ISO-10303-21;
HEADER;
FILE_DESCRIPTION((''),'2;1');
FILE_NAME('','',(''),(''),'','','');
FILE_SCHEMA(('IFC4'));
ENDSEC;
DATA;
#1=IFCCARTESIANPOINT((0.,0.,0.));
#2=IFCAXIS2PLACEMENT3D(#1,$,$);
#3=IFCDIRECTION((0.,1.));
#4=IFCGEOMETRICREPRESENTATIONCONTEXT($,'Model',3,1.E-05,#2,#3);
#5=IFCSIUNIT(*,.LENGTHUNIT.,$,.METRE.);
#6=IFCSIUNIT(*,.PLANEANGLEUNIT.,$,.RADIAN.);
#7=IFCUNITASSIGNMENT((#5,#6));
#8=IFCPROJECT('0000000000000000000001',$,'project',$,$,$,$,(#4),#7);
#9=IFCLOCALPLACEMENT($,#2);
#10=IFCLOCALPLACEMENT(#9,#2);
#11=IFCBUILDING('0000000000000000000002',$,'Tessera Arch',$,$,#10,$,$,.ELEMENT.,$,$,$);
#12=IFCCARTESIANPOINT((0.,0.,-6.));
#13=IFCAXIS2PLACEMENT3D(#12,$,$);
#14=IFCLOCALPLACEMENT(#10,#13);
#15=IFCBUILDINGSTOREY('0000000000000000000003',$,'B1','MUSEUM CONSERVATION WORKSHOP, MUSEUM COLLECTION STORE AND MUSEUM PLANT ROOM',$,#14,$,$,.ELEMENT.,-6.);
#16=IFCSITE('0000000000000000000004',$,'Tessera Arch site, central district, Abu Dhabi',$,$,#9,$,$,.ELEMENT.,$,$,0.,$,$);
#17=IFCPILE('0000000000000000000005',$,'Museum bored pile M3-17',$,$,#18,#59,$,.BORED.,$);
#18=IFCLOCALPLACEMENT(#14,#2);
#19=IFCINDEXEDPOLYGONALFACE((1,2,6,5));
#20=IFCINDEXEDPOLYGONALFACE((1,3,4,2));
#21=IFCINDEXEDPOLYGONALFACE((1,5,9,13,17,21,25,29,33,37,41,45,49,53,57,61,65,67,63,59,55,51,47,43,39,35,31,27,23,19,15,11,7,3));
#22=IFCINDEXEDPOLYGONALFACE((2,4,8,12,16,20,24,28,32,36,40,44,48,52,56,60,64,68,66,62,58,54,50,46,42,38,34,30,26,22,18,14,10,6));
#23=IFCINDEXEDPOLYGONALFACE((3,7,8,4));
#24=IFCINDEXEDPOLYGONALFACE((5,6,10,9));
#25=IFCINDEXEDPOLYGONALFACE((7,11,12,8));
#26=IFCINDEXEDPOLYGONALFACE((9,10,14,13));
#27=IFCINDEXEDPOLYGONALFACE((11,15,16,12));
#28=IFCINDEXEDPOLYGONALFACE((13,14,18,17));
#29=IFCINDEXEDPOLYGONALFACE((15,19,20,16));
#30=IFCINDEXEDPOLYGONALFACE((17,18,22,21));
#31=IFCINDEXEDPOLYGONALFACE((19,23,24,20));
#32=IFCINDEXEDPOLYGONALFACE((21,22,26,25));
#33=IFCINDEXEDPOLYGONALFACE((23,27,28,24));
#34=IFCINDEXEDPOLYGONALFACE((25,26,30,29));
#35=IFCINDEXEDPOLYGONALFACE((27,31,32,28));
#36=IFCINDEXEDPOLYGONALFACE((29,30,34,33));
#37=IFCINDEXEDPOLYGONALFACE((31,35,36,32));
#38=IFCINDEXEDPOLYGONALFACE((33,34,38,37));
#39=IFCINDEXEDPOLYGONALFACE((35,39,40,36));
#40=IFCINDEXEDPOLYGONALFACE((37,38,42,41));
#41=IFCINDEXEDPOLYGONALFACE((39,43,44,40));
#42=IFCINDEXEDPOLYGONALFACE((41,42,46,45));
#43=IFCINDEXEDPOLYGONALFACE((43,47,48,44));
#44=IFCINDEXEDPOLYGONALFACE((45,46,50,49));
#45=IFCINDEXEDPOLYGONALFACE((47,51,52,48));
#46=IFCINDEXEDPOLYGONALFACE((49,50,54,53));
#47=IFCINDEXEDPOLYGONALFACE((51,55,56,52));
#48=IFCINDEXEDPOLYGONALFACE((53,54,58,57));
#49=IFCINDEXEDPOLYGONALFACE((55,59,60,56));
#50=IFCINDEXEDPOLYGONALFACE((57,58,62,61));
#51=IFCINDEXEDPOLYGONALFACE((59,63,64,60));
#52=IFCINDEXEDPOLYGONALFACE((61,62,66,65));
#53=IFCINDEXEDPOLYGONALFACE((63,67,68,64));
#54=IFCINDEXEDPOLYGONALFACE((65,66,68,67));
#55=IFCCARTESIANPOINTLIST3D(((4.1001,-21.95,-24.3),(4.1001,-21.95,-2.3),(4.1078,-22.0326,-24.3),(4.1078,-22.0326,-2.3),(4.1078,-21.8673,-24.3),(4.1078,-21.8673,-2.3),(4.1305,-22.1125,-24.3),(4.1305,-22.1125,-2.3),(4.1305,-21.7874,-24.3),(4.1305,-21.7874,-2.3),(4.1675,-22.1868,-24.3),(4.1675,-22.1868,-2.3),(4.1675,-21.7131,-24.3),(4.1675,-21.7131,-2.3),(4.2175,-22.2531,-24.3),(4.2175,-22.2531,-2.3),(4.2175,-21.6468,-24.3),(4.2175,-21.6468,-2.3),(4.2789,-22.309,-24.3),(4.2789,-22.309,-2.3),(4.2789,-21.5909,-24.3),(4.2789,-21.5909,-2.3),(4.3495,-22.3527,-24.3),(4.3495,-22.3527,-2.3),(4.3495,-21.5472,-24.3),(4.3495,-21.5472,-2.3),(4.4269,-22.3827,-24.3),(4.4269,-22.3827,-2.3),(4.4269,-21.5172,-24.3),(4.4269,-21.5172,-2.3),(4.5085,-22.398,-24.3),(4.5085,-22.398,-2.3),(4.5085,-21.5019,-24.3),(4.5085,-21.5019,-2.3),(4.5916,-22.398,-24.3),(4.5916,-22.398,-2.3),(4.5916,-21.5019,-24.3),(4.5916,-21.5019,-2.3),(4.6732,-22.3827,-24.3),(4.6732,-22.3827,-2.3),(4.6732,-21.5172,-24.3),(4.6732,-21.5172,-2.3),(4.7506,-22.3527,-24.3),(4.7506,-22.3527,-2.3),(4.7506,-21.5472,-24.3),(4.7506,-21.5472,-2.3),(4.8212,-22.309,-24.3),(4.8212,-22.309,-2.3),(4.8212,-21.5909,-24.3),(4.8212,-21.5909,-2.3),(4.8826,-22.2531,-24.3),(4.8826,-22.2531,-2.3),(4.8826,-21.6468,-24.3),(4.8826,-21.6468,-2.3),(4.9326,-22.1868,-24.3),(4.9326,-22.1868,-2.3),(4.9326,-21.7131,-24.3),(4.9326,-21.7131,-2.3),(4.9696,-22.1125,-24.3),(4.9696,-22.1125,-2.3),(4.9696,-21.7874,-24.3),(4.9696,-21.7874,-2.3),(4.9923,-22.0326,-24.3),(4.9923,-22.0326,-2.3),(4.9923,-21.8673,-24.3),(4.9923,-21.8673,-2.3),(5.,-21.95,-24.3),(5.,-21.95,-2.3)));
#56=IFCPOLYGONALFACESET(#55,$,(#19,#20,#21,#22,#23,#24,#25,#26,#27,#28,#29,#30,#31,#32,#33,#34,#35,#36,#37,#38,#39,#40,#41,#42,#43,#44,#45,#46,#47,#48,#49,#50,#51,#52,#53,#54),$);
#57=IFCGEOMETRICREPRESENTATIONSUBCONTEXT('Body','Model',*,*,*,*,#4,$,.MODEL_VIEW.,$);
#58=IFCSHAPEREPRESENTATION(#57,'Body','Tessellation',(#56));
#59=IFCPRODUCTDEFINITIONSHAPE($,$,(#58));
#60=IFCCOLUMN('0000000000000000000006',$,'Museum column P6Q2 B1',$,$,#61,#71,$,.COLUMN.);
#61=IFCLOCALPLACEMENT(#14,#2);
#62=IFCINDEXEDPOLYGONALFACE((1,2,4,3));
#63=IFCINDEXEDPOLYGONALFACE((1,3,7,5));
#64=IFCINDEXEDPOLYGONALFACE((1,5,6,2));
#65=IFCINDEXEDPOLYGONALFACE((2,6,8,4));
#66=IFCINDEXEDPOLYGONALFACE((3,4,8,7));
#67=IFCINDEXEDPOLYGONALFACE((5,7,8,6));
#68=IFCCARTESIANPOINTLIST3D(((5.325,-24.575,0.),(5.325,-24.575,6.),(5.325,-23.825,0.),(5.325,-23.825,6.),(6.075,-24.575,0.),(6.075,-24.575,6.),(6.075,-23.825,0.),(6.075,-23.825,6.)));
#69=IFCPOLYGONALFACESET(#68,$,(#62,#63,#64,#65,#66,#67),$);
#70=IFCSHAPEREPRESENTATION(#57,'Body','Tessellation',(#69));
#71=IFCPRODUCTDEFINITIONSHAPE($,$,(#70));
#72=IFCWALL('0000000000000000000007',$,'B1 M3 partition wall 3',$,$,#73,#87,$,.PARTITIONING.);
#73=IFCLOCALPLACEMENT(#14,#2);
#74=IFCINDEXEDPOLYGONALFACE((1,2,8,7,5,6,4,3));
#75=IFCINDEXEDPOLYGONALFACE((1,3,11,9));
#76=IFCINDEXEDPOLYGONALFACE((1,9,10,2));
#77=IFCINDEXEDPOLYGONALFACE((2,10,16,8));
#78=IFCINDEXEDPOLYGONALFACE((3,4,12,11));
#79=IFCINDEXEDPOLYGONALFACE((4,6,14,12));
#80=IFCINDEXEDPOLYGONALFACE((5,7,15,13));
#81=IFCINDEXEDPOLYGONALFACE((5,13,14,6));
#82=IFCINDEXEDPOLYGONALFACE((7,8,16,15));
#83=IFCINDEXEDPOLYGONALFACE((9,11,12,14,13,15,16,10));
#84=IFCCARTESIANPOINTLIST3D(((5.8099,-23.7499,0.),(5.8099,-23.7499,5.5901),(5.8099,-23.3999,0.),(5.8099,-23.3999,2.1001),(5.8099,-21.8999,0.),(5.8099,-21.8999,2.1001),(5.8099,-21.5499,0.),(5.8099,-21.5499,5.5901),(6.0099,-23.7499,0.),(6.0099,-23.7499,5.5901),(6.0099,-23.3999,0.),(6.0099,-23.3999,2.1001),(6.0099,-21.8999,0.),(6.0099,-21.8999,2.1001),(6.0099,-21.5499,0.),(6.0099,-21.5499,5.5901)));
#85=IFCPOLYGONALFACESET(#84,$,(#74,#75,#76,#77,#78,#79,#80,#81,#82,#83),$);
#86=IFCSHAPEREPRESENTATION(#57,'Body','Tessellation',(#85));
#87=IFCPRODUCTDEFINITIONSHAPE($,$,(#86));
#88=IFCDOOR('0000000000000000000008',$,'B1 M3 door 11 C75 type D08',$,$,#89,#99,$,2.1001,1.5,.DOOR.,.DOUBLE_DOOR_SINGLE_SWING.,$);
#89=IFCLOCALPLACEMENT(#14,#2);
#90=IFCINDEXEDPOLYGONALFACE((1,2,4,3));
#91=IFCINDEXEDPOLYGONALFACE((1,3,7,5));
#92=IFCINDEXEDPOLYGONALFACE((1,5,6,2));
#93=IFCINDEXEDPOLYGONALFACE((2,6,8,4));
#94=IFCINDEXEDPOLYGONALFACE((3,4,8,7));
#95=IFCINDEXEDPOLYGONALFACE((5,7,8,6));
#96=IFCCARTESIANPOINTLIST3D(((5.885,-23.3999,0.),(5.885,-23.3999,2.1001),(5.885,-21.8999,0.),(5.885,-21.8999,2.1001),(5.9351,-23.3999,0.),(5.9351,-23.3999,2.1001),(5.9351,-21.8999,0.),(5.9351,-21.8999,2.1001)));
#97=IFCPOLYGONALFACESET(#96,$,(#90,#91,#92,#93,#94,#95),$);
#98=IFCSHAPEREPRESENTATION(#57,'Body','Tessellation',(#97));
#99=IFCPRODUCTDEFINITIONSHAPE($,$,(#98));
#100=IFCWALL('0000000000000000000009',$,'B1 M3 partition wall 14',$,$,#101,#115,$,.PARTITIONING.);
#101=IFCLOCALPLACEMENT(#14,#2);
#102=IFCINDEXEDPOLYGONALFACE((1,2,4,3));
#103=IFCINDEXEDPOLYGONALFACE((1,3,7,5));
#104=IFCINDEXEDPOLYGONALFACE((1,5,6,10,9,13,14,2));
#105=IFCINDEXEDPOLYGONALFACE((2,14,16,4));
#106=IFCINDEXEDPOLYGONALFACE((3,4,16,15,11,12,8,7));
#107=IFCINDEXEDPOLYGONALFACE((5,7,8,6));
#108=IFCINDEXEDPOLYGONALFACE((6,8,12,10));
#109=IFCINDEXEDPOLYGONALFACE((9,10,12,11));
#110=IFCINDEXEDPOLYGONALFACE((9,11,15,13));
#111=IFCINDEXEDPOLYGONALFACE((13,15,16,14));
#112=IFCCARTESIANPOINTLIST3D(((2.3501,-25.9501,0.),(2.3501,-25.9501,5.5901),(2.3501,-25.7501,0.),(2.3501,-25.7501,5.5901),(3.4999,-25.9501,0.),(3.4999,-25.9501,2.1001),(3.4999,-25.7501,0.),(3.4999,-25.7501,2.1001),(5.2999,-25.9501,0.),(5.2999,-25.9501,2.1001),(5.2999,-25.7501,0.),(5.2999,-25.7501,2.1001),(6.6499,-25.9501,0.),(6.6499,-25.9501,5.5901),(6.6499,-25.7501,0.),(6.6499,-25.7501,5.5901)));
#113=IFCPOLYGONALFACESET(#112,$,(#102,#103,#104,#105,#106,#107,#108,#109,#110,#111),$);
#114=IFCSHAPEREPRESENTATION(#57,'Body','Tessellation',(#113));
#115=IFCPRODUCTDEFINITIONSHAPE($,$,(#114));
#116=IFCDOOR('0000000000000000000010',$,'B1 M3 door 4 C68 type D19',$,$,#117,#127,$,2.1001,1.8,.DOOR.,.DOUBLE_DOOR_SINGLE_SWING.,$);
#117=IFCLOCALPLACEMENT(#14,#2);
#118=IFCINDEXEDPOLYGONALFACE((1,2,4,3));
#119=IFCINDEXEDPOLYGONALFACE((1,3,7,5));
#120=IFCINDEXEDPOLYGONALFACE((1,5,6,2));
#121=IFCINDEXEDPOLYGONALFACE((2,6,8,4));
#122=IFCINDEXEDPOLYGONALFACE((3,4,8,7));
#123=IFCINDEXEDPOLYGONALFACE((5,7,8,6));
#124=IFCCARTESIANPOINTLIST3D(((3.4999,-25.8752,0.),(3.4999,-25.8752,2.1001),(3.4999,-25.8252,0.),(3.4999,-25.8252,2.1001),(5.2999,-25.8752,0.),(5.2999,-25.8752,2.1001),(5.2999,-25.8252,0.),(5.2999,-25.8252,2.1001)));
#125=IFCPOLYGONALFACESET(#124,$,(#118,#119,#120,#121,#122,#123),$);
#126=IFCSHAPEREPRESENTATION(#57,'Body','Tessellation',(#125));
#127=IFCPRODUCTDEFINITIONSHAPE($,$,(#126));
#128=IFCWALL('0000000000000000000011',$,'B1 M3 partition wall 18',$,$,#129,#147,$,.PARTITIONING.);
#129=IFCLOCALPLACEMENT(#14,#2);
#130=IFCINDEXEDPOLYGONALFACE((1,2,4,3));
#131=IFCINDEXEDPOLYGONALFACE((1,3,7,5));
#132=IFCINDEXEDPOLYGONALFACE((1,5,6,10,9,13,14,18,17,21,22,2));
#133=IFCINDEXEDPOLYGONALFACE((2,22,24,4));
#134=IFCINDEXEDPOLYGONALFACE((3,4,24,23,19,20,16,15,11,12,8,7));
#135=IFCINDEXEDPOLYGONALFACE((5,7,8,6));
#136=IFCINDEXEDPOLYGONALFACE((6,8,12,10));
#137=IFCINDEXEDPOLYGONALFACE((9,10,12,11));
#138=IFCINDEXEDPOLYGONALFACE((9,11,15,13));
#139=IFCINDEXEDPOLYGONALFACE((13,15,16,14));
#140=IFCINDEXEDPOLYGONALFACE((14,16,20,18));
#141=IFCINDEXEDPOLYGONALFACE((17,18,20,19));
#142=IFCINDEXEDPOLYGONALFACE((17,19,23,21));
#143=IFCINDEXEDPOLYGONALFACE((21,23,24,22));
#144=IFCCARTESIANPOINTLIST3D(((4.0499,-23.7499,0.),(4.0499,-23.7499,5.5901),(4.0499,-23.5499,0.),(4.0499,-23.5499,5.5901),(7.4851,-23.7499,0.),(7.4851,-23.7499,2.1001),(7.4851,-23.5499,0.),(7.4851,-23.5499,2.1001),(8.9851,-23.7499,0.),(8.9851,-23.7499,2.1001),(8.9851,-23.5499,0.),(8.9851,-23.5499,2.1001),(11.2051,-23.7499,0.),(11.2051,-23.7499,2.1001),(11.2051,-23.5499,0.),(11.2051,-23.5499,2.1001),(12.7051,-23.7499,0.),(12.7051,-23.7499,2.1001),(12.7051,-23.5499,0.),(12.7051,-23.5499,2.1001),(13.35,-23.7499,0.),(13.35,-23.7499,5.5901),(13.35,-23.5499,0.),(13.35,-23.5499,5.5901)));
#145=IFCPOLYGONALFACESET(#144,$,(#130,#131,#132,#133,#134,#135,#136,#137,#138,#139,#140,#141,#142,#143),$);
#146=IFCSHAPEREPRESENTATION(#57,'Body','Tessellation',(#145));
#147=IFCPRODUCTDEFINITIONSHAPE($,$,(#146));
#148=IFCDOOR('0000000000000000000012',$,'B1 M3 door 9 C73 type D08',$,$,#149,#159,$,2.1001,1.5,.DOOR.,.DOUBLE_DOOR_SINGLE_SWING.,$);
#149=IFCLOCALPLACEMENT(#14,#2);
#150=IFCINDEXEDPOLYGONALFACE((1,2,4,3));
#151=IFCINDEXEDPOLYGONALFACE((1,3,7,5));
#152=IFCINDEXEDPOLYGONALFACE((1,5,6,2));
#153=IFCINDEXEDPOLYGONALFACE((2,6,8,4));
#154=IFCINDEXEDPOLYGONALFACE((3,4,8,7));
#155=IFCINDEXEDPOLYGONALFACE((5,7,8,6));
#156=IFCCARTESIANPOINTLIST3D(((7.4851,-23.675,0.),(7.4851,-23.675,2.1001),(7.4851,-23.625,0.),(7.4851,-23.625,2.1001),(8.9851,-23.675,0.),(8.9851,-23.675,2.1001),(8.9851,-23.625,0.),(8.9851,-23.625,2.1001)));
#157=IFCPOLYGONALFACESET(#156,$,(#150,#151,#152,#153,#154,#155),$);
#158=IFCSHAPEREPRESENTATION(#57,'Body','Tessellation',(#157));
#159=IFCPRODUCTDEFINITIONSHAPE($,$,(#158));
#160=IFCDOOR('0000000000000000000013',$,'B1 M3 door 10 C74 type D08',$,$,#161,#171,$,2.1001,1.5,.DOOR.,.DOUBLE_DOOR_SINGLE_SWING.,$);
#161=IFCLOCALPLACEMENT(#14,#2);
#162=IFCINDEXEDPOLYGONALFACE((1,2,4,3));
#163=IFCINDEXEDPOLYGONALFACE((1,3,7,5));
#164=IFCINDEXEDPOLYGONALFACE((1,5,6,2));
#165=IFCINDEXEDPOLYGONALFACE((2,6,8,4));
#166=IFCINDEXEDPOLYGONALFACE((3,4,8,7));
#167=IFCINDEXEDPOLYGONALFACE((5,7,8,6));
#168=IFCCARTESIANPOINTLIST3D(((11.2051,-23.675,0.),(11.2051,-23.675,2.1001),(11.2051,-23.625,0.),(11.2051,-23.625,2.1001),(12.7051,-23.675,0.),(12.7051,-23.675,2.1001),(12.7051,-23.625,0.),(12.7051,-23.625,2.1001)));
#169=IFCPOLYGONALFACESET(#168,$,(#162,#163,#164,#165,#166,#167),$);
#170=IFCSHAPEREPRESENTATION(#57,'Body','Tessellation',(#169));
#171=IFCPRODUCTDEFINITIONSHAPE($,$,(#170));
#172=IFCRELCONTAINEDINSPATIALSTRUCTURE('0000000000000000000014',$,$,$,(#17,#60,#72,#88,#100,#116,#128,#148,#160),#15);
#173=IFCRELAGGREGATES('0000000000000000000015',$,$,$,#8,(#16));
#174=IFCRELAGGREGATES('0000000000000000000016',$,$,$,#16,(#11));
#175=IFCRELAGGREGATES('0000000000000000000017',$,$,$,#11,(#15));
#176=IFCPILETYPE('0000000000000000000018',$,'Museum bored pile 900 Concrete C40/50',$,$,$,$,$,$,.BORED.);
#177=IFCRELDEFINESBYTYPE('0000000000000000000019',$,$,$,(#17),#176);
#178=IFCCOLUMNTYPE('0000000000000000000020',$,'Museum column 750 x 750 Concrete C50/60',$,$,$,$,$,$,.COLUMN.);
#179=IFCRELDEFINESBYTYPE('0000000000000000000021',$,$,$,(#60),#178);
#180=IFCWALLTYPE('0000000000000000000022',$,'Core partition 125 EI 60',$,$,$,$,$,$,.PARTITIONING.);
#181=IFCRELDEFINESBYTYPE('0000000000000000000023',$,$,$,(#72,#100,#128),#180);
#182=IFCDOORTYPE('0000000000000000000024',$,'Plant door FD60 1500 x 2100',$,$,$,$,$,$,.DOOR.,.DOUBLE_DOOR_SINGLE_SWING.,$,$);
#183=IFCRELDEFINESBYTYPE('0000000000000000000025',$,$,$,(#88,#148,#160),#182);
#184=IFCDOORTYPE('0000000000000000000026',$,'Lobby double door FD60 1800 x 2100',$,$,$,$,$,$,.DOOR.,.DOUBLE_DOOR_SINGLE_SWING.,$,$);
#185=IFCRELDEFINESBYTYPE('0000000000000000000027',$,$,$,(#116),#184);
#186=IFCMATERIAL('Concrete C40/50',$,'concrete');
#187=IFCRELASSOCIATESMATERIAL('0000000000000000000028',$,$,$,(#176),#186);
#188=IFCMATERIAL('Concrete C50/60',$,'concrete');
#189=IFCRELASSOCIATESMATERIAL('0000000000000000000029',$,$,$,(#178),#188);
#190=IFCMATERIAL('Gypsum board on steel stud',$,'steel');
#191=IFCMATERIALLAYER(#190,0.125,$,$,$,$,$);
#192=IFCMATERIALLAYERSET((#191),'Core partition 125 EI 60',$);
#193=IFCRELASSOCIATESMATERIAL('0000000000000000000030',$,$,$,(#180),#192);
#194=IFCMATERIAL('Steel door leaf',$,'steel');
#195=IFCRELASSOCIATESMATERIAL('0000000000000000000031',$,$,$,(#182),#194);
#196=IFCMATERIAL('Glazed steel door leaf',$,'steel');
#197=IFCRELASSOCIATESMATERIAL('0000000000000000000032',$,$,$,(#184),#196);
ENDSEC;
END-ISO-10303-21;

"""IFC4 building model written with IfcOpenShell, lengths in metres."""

from ifc_helpers import new_model, si_unit, direction, frame, frame_2d, origin, origin_2d, place, context, subcontext, project, spatial, rectangle, circle, extrude, material, layer, layer_set, material_profile, profile_set, type_object, element, fill, save


model = new_model("IFC4")

# Units and contexts
model_context = context("Model", 3, precision=1e-05, world=origin(), true_north=direction((0.0, 1.0)))
body_context = subcontext(model_context, "Body", "Model", "MODEL_VIEW")
ifc_project = project(units=[si_unit("LENGTHUNIT", "METRE"), si_unit("PLANEANGLEUNIT", "RADIAN")], contexts=[model_context])

# Site, building, storey
site_placement = place(None, origin())
site = spatial("IfcSite", under=ifc_project, at=site_placement, Name="Tessera Arch site, central district, Abu Dhabi", CompositionType="ELEMENT", RefElevation=0.0)
building_placement = place(site_placement, origin())
building = spatial("IfcBuilding", under=site, at=building_placement, Name="Tessera Arch", CompositionType="ELEMENT")
storey_placement = place(building_placement, frame((0.0, 0.0, -6.0)))
storey = spatial("IfcBuildingStorey", under=building, at=storey_placement, Name="B1", Description="MUSEUM CONSERVATION WORKSHOP, MUSEUM COLLECTION STORE AND MUSEUM PLANT ROOM", CompositionType="ELEMENT", Elevation=-6.0)

# Pile
ifc_material_1 = material(Name="Concrete C40/50", Category="concrete")
pile_type = type_object("IfcPileType", Name="Museum bored pile 900 Concrete C40/50", PredefinedType="BORED", material=ifc_material_1)
for number, where, z_axis, x_axis, name in (
    (1, (4.55, -21.95, -2.3), (0.0, 0.0, -1.0), (1.0, 0.0, 0.0), "Museum bored pile M3-17"),
):
    element("IfcPile", number, at=place(storey_placement, frame(where, z_axis=z_axis, x_axis=x_axis)), inside=storey, type_object=pile_type, Name=name, PredefinedType="BORED", context=body_context, shape_type="SweptSolid", body=[
        extrude(circle(Radius=0.45, at=origin_2d()), origin(), (0.0, 0.0, 1.0), 22.0),
    ])

# Column
ifc_material_2 = material(Name="Concrete C50/60", Category="concrete")
ifc_material_profile = material_profile(ifc_material_2, rectangle(XDim=0.75, YDim=0.75, at=origin_2d()), Name="Museum column 750 x 750 Concrete C50/60")
ifc_profile_set = profile_set([ifc_material_profile], Name="Concrete C50/60")
column_type = type_object("IfcColumnType", Name="Museum column 750 x 750 Concrete C50/60", PredefinedType="COLUMN", material=ifc_profile_set)
column_placement = place(storey_placement, frame((5.7, -24.2, 0.0), z_axis=(0.0, 0.0, 1.0), x_axis=(1.0, 0.0, 0.0)))
element("IfcColumn", 2, at=column_placement, inside=storey, type_object=column_type, Name="Museum column P6Q2 B1", PredefinedType="COLUMN", context=body_context, shape_type="SweptSolid", body=[
    extrude(rectangle(XDim=0.75, YDim=0.75, at=origin_2d()), origin(), (0.0, 0.0, 1.0), 6.0),
])

# Walls, openings, doors
ifc_material_3 = material(Name="Gypsum board on steel stud", Category="steel")
ifc_layer_1 = layer(ifc_material_3, 0.125)
ifc_layer_set_1 = layer_set([ifc_layer_1], Name="Core partition 125 EI 60")
wall_type_1 = type_object("IfcWallType", Name="Core partition 125 EI 60", PredefinedType="PARTITIONING", material=ifc_layer_set_1)
wall_1_placement = place(storey_placement, frame((5.9099, -23.75, 0.0), z_axis=(0.0, 0.0, 1.0), x_axis=(0.0, 1.0, 0.0)))
wall_1 = element("IfcWall", 3, at=wall_1_placement, inside=storey, type_object=wall_type_1, Name="B1 M3 partition wall 3", PredefinedType="PARTITIONING", context=body_context, shape_type="SweptSolid", body=[
    extrude(rectangle(XDim=2.2, YDim=0.2, at=frame_2d((1.1001, 0.0))), origin(), (0.0, 0.0, 1.0), 5.5901),
])
opening_1_placement = place(wall_1_placement, frame((0.3501, 0.0, 0.0)))
opening_1 = element("IfcOpeningElement", 4, at=opening_1_placement, cuts=wall_1, PredefinedType="OPENING", context=body_context, shape_type="SweptSolid", body=[
    extrude(rectangle(XDim=1.5, YDim=2.1001, at=frame_2d((0.75, 1.05))), frame((0.0, 0.1099, 0.0), z_axis=(0.0, -1.0, 0.0), x_axis=(1.0, 0.0, 0.0)), (0.0, 0.0, 1.0), 0.22),
])
ifc_material_4 = material(Name="Steel door leaf", Category="steel")
door_type_1 = type_object("IfcDoorType", Name="Plant door FD60 1500 x 2100", OperationType="DOUBLE_DOOR_SINGLE_SWING", PredefinedType="DOOR", material=ifc_material_4)
door_1_placement = place(opening_1_placement, origin())
door_1 = element("IfcDoor", 5, at=door_1_placement, inside=storey, type_object=door_type_1, Name="B1 M3 door 11 C75 type D08", OperationType="DOUBLE_DOOR_SINGLE_SWING", OverallHeight=2.1001, OverallWidth=1.5, PredefinedType="DOOR", context=body_context, shape_type="SweptSolid", body=[
    extrude(rectangle(XDim=1.5, YDim=2.1001, at=frame_2d((0.75, 1.05))), frame((0.0, 0.0249, 0.0), z_axis=(0.0, -1.0, 0.0), x_axis=(1.0, 0.0, 0.0)), (0.0, 0.0, 1.0), 0.05),
])
fill(opening_1, door_1)
wall_2_placement = place(storey_placement, frame((2.3501, -25.8501, 0.0), z_axis=(0.0, 0.0, 1.0), x_axis=(1.0, 0.0, 0.0)))
wall_2 = element("IfcWall", 6, at=wall_2_placement, inside=storey, type_object=wall_type_1, Name="B1 M3 partition wall 14", PredefinedType="PARTITIONING", context=body_context, shape_type="SweptSolid", body=[
    extrude(rectangle(XDim=4.2998, YDim=0.2, at=frame_2d((2.1499, 0.0))), origin(), (0.0, 0.0, 1.0), 5.5901),
])
opening_2_placement = place(wall_2_placement, frame((1.1499, 0.0, 0.0)))
opening_2 = element("IfcOpeningElement", 7, at=opening_2_placement, cuts=wall_2, PredefinedType="OPENING", context=body_context, shape_type="SweptSolid", body=[
    extrude(rectangle(XDim=1.8, YDim=2.1001, at=frame_2d((0.8999, 1.05))), frame((0.0, 0.1099, 0.0), z_axis=(0.0, -1.0, 0.0), x_axis=(1.0, 0.0, 0.0)), (0.0, 0.0, 1.0), 0.22),
])
ifc_material_5 = material(Name="Glazed steel door leaf", Category="steel")
door_type_2 = type_object("IfcDoorType", Name="Lobby double door FD60 1800 x 2100", OperationType="DOUBLE_DOOR_SINGLE_SWING", PredefinedType="DOOR", material=ifc_material_5)
door_2_placement = place(opening_2_placement, origin())
door_2 = element("IfcDoor", 8, at=door_2_placement, inside=storey, type_object=door_type_2, Name="B1 M3 door 4 C68 type D19", OperationType="DOUBLE_DOOR_SINGLE_SWING", OverallHeight=2.1001, OverallWidth=1.8, PredefinedType="DOOR", context=body_context, shape_type="SweptSolid", body=[
    extrude(rectangle(XDim=1.8, YDim=2.1001, at=frame_2d((0.8999, 1.05))), frame((0.0, 0.0249, 0.0), z_axis=(0.0, -1.0, 0.0), x_axis=(1.0, 0.0, 0.0)), (0.0, 0.0, 1.0), 0.05),
])
fill(opening_2, door_2)

# Wall, openings, doors
wall_3_placement = place(storey_placement, frame((4.05, -23.6499, 0.0), z_axis=(0.0, 0.0, 1.0), x_axis=(1.0, 0.0, 0.0)))
wall_3 = element("IfcWall", 9, at=wall_3_placement, inside=storey, type_object=wall_type_1, Name="B1 M3 partition wall 18", PredefinedType="PARTITIONING", context=body_context, shape_type="SweptSolid", body=[
    extrude(rectangle(XDim=9.3, YDim=0.2, at=frame_2d((4.6499, 0.0))), origin(), (0.0, 0.0, 1.0), 5.5901),
])
opening_3_placement = place(wall_3_placement, frame((3.4351, 0.0, 0.0)))
opening_3 = element("IfcOpeningElement", 10, at=opening_3_placement, cuts=wall_3, PredefinedType="OPENING", context=body_context, shape_type="SweptSolid", body=[
    extrude(rectangle(XDim=1.5, YDim=2.1001, at=frame_2d((0.75, 1.05))), frame((0.0, 0.1099, 0.0), z_axis=(0.0, -1.0, 0.0), x_axis=(1.0, 0.0, 0.0)), (0.0, 0.0, 1.0), 0.22),
])
opening_4_placement = place(wall_3_placement, frame((7.155, 0.0, 0.0)))
opening_4 = element("IfcOpeningElement", 11, at=opening_4_placement, cuts=wall_3, PredefinedType="OPENING", context=body_context, shape_type="SweptSolid", body=[
    extrude(rectangle(XDim=1.5, YDim=2.1001, at=frame_2d((0.75, 1.05))), frame((0.0, 0.1099, 0.0), z_axis=(0.0, -1.0, 0.0), x_axis=(1.0, 0.0, 0.0)), (0.0, 0.0, 1.0), 0.22),
])
door_3_placement = place(opening_3_placement, origin())
door_3 = element("IfcDoor", 12, at=door_3_placement, inside=storey, type_object=door_type_1, Name="B1 M3 door 9 C73 type D08", OperationType="DOUBLE_DOOR_SINGLE_SWING", OverallHeight=2.1001, OverallWidth=1.5, PredefinedType="DOOR", context=body_context, shape_type="SweptSolid", body=[
    extrude(rectangle(XDim=1.5, YDim=2.1001, at=frame_2d((0.75, 1.05))), frame((0.0, 0.0249, 0.0), z_axis=(0.0, -1.0, 0.0), x_axis=(1.0, 0.0, 0.0)), (0.0, 0.0, 1.0), 0.05),
])
fill(opening_3, door_3)
door_4_placement = place(opening_4_placement, origin())
door_4 = element("IfcDoor", 13, at=door_4_placement, inside=storey, type_object=door_type_1, Name="B1 M3 door 10 C74 type D08", OperationType="DOUBLE_DOOR_SINGLE_SWING", OverallHeight=2.1001, OverallWidth=1.5, PredefinedType="DOOR", context=body_context, shape_type="SweptSolid", body=[
    extrude(rectangle(XDim=1.5, YDim=2.1001, at=frame_2d((0.75, 1.05))), frame((0.0, 0.0249, 0.0), z_axis=(0.0, -1.0, 0.0), x_axis=(1.0, 0.0, 0.0)), (0.0, 0.0, 1.0), 0.05),
])
fill(opening_4, door_4)

save(model, "model.ifc")
